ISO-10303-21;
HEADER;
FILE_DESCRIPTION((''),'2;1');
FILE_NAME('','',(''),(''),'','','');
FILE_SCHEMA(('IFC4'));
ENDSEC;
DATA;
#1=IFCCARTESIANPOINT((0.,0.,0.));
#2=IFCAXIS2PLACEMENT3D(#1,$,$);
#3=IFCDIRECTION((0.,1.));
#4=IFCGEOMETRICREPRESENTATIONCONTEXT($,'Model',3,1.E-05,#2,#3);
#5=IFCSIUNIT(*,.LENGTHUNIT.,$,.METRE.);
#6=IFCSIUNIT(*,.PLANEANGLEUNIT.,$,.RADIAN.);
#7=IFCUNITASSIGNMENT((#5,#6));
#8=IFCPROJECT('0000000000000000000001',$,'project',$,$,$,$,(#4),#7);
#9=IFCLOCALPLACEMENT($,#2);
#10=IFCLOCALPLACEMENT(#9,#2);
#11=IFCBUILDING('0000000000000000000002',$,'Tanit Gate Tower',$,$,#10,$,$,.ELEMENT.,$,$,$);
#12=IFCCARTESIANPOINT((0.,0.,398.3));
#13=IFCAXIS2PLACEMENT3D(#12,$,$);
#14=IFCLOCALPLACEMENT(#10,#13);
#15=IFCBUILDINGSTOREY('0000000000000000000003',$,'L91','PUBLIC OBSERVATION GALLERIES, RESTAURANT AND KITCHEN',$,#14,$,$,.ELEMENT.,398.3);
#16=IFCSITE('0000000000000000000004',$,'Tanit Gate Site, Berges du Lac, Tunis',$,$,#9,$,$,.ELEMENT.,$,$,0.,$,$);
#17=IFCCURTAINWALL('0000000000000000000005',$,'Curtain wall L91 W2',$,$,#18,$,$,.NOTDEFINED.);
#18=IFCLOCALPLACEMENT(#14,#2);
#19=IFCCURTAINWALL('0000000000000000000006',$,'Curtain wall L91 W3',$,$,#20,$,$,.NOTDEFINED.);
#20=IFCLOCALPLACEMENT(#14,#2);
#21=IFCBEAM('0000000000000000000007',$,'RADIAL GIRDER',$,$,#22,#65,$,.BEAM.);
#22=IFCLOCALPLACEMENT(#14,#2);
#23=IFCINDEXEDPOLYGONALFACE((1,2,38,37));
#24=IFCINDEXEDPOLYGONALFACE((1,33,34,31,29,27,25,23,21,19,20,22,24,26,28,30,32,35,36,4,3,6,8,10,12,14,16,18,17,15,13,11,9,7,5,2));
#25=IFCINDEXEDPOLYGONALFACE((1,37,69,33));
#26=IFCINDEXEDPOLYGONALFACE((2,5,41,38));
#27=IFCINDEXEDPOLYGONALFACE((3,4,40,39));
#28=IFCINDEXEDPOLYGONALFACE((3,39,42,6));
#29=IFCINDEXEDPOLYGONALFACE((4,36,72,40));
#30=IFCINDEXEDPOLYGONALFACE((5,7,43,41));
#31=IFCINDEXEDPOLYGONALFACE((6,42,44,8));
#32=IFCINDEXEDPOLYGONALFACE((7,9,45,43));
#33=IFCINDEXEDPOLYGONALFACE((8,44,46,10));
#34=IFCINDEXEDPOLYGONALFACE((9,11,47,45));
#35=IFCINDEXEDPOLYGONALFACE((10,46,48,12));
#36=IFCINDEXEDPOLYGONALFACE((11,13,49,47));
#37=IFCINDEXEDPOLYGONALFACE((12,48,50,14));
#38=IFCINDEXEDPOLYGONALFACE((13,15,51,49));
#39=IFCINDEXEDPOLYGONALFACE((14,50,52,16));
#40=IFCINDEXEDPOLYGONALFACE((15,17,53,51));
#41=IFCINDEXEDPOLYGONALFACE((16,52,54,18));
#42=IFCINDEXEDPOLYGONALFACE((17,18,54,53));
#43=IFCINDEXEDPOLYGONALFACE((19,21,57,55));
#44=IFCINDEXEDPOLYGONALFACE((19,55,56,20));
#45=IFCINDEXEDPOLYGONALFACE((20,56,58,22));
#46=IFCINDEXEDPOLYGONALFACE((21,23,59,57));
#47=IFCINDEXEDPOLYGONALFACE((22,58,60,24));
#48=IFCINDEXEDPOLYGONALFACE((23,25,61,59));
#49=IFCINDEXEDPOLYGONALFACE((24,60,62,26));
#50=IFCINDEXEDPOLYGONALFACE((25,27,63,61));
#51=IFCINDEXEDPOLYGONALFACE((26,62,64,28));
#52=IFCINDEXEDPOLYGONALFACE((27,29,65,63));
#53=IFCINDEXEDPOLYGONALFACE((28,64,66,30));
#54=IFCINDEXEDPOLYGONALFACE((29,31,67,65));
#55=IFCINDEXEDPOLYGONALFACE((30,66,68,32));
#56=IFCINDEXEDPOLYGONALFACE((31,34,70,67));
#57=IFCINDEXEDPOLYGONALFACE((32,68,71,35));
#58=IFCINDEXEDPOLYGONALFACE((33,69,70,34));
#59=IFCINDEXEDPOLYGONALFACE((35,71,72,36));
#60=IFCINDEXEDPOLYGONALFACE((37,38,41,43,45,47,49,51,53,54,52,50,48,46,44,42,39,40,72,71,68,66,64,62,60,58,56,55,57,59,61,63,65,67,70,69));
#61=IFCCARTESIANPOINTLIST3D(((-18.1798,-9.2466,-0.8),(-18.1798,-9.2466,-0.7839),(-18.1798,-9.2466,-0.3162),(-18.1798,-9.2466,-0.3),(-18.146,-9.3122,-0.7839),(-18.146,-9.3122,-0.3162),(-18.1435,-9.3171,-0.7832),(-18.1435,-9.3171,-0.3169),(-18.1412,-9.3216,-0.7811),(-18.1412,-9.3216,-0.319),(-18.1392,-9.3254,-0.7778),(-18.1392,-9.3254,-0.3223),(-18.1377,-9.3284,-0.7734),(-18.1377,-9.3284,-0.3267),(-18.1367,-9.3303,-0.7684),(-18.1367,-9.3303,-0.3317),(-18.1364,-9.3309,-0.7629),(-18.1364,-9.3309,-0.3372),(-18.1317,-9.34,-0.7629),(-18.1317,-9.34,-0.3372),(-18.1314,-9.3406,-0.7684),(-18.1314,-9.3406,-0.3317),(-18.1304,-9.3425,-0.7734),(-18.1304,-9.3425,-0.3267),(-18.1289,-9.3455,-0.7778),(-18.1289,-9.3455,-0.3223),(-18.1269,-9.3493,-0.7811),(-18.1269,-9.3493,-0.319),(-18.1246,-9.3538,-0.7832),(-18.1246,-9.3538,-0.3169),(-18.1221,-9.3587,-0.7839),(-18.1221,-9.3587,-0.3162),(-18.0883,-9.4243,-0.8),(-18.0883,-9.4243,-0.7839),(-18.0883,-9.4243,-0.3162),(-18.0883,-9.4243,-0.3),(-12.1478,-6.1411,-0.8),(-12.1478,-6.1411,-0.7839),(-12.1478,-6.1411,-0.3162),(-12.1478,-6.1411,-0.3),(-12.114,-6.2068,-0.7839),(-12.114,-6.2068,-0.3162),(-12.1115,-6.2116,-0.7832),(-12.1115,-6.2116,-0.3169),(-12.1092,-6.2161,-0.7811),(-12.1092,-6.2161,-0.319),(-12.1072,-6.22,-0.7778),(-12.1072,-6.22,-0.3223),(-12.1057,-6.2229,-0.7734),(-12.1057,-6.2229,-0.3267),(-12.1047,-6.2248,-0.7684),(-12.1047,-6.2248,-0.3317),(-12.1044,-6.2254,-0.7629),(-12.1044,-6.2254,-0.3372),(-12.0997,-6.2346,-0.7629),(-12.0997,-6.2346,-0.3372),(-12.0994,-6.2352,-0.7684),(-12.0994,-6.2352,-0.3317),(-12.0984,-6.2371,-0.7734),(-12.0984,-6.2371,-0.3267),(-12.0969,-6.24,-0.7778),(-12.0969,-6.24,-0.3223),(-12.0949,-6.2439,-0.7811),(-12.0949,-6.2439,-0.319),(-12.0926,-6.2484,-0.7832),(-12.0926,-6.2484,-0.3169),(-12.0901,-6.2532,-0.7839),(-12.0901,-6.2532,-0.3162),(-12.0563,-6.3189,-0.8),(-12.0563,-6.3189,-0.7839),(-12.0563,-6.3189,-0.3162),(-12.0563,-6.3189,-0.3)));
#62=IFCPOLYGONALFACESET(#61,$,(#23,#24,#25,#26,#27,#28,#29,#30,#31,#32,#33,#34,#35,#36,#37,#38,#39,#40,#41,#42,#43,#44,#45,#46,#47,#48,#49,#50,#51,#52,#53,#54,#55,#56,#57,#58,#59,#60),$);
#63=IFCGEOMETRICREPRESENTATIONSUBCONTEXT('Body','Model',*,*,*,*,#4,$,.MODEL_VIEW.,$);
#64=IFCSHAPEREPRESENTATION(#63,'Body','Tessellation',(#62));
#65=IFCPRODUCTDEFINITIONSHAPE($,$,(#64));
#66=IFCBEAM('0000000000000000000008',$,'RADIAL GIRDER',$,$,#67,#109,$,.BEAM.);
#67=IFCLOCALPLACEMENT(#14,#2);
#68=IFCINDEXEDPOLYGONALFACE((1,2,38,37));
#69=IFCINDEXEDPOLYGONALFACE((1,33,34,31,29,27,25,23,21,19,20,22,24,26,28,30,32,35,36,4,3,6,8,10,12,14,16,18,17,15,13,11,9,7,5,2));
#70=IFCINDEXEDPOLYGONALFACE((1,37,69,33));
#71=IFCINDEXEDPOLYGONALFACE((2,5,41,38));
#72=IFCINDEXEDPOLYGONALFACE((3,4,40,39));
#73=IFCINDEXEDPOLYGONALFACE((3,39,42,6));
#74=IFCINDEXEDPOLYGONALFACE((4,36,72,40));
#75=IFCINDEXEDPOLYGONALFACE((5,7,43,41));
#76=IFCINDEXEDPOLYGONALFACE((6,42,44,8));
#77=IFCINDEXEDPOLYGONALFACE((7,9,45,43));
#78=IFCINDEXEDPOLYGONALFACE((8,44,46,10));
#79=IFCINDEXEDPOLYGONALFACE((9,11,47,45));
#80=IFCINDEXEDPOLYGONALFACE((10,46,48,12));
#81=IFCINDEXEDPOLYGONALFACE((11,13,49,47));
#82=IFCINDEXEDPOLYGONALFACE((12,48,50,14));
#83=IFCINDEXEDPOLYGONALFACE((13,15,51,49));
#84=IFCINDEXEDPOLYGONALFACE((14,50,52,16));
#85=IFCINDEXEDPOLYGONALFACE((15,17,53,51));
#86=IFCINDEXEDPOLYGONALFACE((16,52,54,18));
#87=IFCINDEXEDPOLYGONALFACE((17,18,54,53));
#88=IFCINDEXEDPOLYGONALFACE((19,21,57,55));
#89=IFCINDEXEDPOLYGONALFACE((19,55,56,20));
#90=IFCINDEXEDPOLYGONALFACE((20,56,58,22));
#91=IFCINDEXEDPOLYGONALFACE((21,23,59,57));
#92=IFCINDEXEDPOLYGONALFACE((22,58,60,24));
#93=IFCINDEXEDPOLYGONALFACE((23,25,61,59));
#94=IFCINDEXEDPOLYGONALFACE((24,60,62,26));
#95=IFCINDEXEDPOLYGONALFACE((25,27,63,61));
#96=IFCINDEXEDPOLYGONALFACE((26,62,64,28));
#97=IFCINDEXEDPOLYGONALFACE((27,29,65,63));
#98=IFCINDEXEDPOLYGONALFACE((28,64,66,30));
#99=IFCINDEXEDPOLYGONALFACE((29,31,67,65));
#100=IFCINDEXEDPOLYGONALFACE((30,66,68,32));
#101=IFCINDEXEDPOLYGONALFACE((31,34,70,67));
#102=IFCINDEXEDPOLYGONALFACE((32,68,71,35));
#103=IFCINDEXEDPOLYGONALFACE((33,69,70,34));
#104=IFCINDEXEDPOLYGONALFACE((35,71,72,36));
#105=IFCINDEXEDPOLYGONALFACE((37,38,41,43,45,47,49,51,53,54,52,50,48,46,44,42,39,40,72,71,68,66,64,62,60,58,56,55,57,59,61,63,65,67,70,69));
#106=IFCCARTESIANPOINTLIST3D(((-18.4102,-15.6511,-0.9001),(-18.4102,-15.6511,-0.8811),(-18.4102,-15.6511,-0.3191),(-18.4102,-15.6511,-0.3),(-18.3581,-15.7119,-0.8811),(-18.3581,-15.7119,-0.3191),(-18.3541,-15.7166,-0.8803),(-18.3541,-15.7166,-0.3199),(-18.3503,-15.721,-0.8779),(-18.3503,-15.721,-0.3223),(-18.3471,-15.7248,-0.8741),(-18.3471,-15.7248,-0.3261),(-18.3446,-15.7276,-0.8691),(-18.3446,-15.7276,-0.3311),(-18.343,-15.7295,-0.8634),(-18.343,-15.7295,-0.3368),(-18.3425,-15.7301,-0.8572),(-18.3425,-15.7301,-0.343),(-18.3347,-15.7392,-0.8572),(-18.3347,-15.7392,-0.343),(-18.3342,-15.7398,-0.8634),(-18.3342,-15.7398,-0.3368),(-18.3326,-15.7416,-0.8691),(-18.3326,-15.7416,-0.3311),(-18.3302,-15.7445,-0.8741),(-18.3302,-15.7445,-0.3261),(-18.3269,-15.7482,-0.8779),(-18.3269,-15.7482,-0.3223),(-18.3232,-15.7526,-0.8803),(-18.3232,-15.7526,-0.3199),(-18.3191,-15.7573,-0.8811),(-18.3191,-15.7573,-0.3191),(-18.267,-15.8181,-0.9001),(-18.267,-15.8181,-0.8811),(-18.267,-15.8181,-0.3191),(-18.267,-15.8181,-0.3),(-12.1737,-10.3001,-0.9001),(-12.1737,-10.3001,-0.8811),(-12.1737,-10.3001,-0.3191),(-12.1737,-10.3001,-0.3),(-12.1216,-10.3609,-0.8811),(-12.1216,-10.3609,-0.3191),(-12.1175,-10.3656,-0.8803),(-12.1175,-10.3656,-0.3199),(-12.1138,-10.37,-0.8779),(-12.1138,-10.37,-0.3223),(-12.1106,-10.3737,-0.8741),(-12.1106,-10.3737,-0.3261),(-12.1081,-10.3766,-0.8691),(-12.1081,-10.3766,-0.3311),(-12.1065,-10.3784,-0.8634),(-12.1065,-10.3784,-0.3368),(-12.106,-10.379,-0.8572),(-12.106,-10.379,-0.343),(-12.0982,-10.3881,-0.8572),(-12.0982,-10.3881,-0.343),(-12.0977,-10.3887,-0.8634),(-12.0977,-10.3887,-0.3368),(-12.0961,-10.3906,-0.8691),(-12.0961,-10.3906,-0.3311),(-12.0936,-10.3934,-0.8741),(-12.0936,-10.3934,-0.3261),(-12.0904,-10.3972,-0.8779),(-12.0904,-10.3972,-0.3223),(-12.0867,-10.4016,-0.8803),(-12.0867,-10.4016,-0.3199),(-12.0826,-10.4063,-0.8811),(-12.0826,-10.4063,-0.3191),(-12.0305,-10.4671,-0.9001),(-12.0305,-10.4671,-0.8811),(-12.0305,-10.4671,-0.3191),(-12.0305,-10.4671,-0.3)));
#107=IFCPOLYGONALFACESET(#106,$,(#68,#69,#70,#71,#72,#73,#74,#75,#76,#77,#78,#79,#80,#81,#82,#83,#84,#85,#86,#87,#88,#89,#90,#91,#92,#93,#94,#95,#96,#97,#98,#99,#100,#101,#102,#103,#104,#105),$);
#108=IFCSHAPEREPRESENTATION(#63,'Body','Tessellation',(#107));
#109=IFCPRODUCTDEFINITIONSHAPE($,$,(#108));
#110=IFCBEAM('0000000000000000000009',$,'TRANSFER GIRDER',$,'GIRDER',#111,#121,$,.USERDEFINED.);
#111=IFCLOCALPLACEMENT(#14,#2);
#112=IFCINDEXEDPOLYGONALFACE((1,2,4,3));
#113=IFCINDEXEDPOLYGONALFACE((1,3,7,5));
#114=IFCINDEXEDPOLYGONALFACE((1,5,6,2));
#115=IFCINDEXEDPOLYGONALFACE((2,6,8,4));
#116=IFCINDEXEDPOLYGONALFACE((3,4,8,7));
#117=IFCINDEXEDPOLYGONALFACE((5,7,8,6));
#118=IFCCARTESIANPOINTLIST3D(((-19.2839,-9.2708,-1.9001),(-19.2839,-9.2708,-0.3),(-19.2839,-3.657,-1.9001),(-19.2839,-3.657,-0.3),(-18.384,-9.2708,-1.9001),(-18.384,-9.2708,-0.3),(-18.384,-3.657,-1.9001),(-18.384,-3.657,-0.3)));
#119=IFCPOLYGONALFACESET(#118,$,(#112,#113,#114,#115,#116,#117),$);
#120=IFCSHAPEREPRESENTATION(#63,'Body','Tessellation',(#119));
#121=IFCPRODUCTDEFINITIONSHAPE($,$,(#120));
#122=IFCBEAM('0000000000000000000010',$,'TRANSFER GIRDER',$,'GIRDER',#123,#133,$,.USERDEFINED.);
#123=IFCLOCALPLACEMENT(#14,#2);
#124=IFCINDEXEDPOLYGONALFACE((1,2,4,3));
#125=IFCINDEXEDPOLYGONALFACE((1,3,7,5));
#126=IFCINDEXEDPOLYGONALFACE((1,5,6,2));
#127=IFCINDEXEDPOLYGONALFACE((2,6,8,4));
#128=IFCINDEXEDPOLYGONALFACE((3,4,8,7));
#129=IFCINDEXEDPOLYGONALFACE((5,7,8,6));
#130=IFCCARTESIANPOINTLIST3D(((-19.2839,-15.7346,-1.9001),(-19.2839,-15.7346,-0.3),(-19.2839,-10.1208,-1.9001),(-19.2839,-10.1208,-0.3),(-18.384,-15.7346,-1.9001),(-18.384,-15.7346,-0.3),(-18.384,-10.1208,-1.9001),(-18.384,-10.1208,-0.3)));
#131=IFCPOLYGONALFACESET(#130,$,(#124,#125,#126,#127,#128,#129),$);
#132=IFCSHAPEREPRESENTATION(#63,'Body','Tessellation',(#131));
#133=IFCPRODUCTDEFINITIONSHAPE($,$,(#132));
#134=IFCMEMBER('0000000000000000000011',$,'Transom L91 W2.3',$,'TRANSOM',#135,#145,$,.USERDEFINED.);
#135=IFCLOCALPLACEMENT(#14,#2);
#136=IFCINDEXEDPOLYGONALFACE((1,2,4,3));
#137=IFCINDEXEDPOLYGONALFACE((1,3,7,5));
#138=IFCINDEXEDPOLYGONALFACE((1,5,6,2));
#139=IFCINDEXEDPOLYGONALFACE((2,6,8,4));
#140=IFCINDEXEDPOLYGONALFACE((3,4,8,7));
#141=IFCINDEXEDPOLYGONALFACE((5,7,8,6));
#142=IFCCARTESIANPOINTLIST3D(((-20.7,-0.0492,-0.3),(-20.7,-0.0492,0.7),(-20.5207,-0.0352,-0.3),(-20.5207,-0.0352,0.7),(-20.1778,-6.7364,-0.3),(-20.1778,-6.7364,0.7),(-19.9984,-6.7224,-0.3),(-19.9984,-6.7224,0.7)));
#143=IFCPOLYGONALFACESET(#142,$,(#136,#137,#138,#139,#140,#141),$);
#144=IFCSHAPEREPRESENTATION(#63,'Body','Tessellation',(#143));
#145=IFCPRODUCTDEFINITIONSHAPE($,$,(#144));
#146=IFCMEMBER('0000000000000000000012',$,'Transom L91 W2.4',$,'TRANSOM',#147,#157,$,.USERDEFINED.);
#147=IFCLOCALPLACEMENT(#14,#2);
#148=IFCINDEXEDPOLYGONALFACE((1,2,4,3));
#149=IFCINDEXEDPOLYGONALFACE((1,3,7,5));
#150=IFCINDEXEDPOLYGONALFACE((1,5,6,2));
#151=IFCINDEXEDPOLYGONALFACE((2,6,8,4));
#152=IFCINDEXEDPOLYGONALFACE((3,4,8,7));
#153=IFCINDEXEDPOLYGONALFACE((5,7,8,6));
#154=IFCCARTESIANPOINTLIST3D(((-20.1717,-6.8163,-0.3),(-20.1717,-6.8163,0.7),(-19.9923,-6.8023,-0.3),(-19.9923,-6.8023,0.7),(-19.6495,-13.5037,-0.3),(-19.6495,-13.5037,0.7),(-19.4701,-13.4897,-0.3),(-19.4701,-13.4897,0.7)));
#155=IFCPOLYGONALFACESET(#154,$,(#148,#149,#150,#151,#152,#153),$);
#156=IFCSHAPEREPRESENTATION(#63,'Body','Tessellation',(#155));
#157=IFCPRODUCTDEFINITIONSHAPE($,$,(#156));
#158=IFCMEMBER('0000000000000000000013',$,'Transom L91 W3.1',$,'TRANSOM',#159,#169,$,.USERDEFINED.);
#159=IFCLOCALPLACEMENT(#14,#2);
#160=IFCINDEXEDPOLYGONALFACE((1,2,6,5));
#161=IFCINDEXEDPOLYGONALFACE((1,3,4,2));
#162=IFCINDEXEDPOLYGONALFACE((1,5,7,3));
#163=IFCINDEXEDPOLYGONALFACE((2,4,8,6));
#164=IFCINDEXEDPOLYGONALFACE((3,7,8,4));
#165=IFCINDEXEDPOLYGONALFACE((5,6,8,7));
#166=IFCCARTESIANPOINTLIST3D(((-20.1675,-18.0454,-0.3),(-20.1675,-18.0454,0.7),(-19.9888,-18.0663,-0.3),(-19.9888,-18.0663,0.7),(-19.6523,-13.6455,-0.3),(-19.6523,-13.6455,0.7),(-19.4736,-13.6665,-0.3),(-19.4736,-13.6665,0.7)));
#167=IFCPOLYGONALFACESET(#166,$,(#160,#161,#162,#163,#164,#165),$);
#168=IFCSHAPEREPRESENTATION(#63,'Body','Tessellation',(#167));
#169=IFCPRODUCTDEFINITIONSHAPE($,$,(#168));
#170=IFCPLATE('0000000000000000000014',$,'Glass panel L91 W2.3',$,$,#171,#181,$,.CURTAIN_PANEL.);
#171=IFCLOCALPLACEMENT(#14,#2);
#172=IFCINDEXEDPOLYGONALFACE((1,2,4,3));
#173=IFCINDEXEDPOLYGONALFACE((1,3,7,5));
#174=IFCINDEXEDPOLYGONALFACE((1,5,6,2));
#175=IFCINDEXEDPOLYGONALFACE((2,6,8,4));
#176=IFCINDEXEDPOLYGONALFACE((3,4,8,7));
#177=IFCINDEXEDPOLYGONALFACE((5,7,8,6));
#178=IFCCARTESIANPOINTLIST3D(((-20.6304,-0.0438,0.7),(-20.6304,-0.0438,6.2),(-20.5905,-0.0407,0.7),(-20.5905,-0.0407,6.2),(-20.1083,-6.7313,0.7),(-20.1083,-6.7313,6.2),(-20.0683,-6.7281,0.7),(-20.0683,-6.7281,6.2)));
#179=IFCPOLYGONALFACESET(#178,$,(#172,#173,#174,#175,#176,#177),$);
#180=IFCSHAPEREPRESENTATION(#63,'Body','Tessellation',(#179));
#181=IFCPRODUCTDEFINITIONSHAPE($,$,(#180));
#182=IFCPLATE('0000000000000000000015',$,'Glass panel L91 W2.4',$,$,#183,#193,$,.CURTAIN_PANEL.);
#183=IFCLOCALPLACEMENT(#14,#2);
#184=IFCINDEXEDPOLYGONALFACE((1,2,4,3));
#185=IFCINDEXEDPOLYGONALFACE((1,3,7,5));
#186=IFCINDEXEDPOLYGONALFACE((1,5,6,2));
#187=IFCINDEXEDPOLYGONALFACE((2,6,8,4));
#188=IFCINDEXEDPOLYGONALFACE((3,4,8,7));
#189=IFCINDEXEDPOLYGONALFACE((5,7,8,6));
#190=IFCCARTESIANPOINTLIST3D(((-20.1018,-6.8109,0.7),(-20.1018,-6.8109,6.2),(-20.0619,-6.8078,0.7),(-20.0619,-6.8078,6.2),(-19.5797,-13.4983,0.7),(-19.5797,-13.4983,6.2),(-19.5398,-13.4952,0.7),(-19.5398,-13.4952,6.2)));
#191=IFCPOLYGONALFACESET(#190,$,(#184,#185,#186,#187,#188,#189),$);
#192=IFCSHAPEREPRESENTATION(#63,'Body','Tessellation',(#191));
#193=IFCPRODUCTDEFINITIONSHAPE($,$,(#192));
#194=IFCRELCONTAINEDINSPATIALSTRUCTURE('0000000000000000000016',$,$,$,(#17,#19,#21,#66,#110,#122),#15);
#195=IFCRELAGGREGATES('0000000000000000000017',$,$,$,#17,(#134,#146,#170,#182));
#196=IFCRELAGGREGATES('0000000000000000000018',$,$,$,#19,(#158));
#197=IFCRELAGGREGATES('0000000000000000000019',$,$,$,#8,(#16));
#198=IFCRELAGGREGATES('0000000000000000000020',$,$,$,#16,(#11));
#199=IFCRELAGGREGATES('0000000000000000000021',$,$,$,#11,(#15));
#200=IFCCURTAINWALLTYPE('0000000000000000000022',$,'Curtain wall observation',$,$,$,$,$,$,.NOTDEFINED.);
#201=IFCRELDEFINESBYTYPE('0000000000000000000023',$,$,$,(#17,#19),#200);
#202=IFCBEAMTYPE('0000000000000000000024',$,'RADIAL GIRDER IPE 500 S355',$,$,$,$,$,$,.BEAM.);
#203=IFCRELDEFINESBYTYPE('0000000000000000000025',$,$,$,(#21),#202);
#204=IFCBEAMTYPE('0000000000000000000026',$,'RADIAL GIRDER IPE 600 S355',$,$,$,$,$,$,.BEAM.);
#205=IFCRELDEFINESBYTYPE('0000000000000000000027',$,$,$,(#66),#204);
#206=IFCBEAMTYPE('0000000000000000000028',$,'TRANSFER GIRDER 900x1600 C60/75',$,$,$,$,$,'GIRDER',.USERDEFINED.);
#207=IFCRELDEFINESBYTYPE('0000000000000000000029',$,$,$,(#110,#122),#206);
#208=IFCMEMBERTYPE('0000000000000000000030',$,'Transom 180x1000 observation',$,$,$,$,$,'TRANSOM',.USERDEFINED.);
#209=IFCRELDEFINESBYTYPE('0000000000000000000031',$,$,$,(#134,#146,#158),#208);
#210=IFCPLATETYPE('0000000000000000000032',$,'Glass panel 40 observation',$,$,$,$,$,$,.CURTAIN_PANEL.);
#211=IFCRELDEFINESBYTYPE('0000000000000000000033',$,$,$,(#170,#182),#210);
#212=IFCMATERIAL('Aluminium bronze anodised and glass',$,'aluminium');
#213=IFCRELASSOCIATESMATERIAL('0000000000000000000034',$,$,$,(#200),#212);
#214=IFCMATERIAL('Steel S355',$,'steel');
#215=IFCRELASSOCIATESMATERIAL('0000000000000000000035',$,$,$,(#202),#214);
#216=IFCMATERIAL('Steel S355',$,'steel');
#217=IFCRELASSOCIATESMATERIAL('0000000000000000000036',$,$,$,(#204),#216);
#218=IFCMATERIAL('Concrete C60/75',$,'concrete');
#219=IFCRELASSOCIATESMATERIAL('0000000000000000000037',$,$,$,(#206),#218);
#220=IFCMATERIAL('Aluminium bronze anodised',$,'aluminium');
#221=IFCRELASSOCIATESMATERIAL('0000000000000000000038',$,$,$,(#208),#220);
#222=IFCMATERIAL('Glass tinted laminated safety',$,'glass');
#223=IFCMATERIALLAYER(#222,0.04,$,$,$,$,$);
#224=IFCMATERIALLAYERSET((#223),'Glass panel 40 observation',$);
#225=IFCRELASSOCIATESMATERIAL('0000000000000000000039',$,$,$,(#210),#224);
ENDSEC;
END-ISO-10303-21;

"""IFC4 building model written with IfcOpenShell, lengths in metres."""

from ifc_helpers import new_model, si_unit, direction, frame, origin, origin_2d, place, context, subcontext, project, spatial, rectangle, i_section, extrude, material, layer, layer_set, material_profile, profile_set, type_object, element, aggregate, save


model = new_model("IFC4")

# Units and contexts
model_context = context("Model", 3, precision=1e-05, world=origin(), true_north=direction((0.0, 1.0)))
body_context = subcontext(model_context, "Body", "Model", "MODEL_VIEW")
ifc_project = project(units=[si_unit("LENGTHUNIT", "METRE"), si_unit("PLANEANGLEUNIT", "RADIAN")], contexts=[model_context])

# Site, building, storey
site_placement = place(None, origin())
site = spatial("IfcSite", under=ifc_project, at=site_placement, Name="Tanit Gate Site, Berges du Lac, Tunis", CompositionType="ELEMENT", RefElevation=0.0)
building_placement = place(site_placement, origin())
building = spatial("IfcBuilding", under=site, at=building_placement, Name="Tanit Gate Tower", CompositionType="ELEMENT")
storey_placement = place(building_placement, frame((0.0, 0.0, 398.3)))
storey = spatial("IfcBuildingStorey", under=building, at=storey_placement, Name="L91", Description="PUBLIC OBSERVATION GALLERIES, RESTAURANT AND KITCHEN", CompositionType="ELEMENT", Elevation=398.3)

# Curtain wall
ifc_material_1 = material(Name="Aluminium bronze anodised and glass", Category="aluminium")
curtain_wall_type = type_object("IfcCurtainWallType", Name="Curtain wall observation", PredefinedType="NOTDEFINED", material=ifc_material_1)
curtain_wall_1_placement = place(storey_placement, origin())
curtain_wall_1 = element("IfcCurtainWall", 1, at=curtain_wall_1_placement, inside=storey, type_object=curtain_wall_type, Name="Curtain wall L91 W2", PredefinedType="NOTDEFINED")

# Curtain wall
curtain_wall_2_placement = place(storey_placement, origin())
curtain_wall_2 = element("IfcCurtainWall", 2, at=curtain_wall_2_placement, inside=storey, type_object=curtain_wall_type, Name="Curtain wall L91 W3", PredefinedType="NOTDEFINED")

# Beams
ifc_material_2 = material(Name="Steel S355", Category="steel")
ifc_material_profile_1 = material_profile(ifc_material_2, i_section(OverallWidth=0.2, OverallDepth=0.5, WebThickness=0.0103, FlangeThickness=0.0161, FilletRadius=0.021, at=origin_2d()), Name="IPE 500")
ifc_profile_set_1 = profile_set([ifc_material_profile_1], Name="Steel S355")
beam_type_1 = type_object("IfcBeamType", Name="RADIAL GIRDER IPE 500 S355", PredefinedType="BEAM", material=ifc_profile_set_1)
beam_1_placement = place(storey_placement, frame((-18.134, -9.3354, -0.55), z_axis=(0.88909, 0.457733, 0.0), x_axis=(-0.457733, 0.88909, 0.0)))
element("IfcBeam", 3, at=beam_1_placement, inside=storey, type_object=beam_type_1, Name="RADIAL GIRDER", PredefinedType="BEAM", context=body_context, shape_type="SweptSolid", body=[
    extrude(i_section(OverallWidth=0.2, OverallDepth=0.5, WebThickness=0.0103, FlangeThickness=0.0161, FilletRadius=0.021, at=origin_2d()), origin(), (0.0, 0.0, 1.0), 6.7844),
])
ifc_material_3 = material(Name="Steel S355", Category="steel")
ifc_material_profile_2 = material_profile(ifc_material_3, i_section(OverallWidth=0.22, OverallDepth=0.6001, WebThickness=0.012, FlangeThickness=0.019, FilletRadius=0.0239, at=origin_2d()), Name="IPE 600")
ifc_profile_set_2 = profile_set([ifc_material_profile_2], Name="Steel S355")
beam_type_2 = type_object("IfcBeamType", Name="RADIAL GIRDER IPE 600 S355", PredefinedType="BEAM", material=ifc_profile_set_2)
beam_2_placement = place(storey_placement, frame((-18.3386, -15.7346, -0.6001), z_axis=(0.758929, 0.651173, 0.0), x_axis=(-0.651173, 0.758929, 0.0)))
element("IfcBeam", 4, at=beam_2_placement, inside=storey, type_object=beam_type_2, Name="RADIAL GIRDER", PredefinedType="BEAM", context=body_context, shape_type="SweptSolid", body=[
    extrude(i_section(OverallWidth=0.22, OverallDepth=0.6001, WebThickness=0.012, FlangeThickness=0.019, FilletRadius=0.0239, at=origin_2d()), origin(), (0.0, 0.0, 1.0), 8.2175),
])
ifc_material_4 = material(Name="Concrete C60/75", Category="concrete")
ifc_material_profile_3 = material_profile(ifc_material_4, rectangle(XDim=0.8999, YDim=1.6001, at=origin_2d()), Name="RC 900x1600")
ifc_profile_set_3 = profile_set([ifc_material_profile_3], Name="Concrete C60/75")
beam_type_3 = type_object("IfcBeamType", Name="TRANSFER GIRDER 900x1600 C60/75", ElementType="GIRDER", PredefinedType="USERDEFINED", material=ifc_profile_set_3)
for number, where, z_axis, x_axis, name in (
    (5, (-18.834, -3.657, -1.1001), (0.0, -1.0, 0.0), (1.0, 0.0, 0.0), "TRANSFER GIRDER"),
    (6, (-18.834, -10.1208, -1.1001), (0.0, -1.0, 0.0), (1.0, 0.0, 0.0), "TRANSFER GIRDER"),
):
    element("IfcBeam", number, at=place(storey_placement, frame(where, z_axis=z_axis, x_axis=x_axis)), inside=storey, type_object=beam_type_3, Name=name, ObjectType="GIRDER", PredefinedType="USERDEFINED", context=body_context, shape_type="SweptSolid", body=[
        extrude(rectangle(XDim=0.8999, YDim=1.6001, at=origin_2d()), origin(), (0.0, 0.0, 1.0), 5.6138),
    ])

# Members
ifc_material_5 = material(Name="Aluminium bronze anodised", Category="aluminium")
ifc_material_profile_4 = material_profile(ifc_material_5, rectangle(XDim=0.1799, YDim=1.0, at=origin_2d()), Name="180x1000 bronze transom")
ifc_profile_set_4 = profile_set([ifc_material_profile_4], Name="Aluminium bronze anodised")
member_type_1 = type_object("IfcMemberType", Name="Transom 180x1000 observation", ElementType="TRANSOM", PredefinedType="USERDEFINED", material=ifc_profile_set_4)
member_1_placement = place(storey_placement, frame((-20.6104, -0.0422, 0.2), z_axis=(0.077854, -0.996965, 0.0), x_axis=(0.996965, 0.077854, 0.0)))
member_1 = element("IfcMember", 7, at=member_1_placement, type_object=member_type_1, Name="Transom L91 W2.3", ObjectType="TRANSOM", PredefinedType="USERDEFINED", context=body_context, shape_type="SweptSolid", body=[
    extrude(rectangle(XDim=0.1799, YDim=1.0, at=origin_2d()), origin(), (0.0, 0.0, 1.0), 6.7075),
])
member_2_placement = place(storey_placement, frame((-20.082, -6.8093, 0.2), z_axis=(0.077851, -0.996965, 0.0), x_axis=(0.996965, 0.077851, 0.0)))
member_2 = element("IfcMember", 8, at=member_2_placement, type_object=member_type_1, Name="Transom L91 W2.4", ObjectType="TRANSOM", PredefinedType="USERDEFINED", context=body_context, shape_type="SweptSolid", body=[
    extrude(rectangle(XDim=0.1799, YDim=1.0, at=origin_2d()), origin(), (0.0, 0.0, 1.0), 6.7078),
])
member_3_placement = place(storey_placement, frame((-19.563, -13.656, 0.2), z_axis=(-0.116285, -0.993216, 0.0), x_axis=(0.993216, -0.116285, 0.0)))
member_3 = element("IfcMember", 9, at=member_3_placement, type_object=member_type_1, Name="Transom L91 W3.1", ObjectType="TRANSOM", PredefinedType="USERDEFINED", context=body_context, shape_type="SweptSolid", body=[
    extrude(rectangle(XDim=0.1799, YDim=1.0, at=origin_2d()), origin(), (0.0, 0.0, 1.0), 4.4299),
])

# Plates
ifc_material_6 = material(Name="Glass tinted laminated safety", Category="glass")
ifc_layer_1 = layer(ifc_material_6, 0.04)
ifc_layer_set_1 = layer_set([ifc_layer_1], Name="Glass panel 40 observation")
plate_type = type_object("IfcPlateType", Name="Glass panel 40 observation", PredefinedType="CURTAIN_PANEL", material=ifc_layer_set_1)
plate_1_placement = place(storey_placement, frame((-20.3494, -3.386, 0.7), z_axis=(0.0, 0.0, 1.0), x_axis=(0.077839, -0.996966, 0.0)))
plate_1 = element("IfcPlate", 10, at=plate_1_placement, type_object=plate_type, Name="Glass panel L91 W2.3", PredefinedType="CURTAIN_PANEL", context=body_context, shape_type="SweptSolid", body=[
    extrude(rectangle(XDim=6.7078, YDim=0.04, at=origin_2d()), origin(), (0.0, 0.0, 1.0), 5.5),
])
plate_2_placement = place(storey_placement, frame((-19.8208, -10.1531, 0.7), z_axis=(0.0, 0.0, 1.0), x_axis=(0.077839, -0.996966, 0.0)))
plate_2 = element("IfcPlate", 11, at=plate_2_placement, type_object=plate_type, Name="Glass panel L91 W2.4", PredefinedType="CURTAIN_PANEL", context=body_context, shape_type="SweptSolid", body=[
    extrude(rectangle(XDim=6.7078, YDim=0.04, at=origin_2d()), origin(), (0.0, 0.0, 1.0), 5.5),
])
aggregate(curtain_wall_1, [member_1, member_2, plate_1, plate_2])
aggregate(curtain_wall_2, [member_3])

save(model, "model.ifc")
